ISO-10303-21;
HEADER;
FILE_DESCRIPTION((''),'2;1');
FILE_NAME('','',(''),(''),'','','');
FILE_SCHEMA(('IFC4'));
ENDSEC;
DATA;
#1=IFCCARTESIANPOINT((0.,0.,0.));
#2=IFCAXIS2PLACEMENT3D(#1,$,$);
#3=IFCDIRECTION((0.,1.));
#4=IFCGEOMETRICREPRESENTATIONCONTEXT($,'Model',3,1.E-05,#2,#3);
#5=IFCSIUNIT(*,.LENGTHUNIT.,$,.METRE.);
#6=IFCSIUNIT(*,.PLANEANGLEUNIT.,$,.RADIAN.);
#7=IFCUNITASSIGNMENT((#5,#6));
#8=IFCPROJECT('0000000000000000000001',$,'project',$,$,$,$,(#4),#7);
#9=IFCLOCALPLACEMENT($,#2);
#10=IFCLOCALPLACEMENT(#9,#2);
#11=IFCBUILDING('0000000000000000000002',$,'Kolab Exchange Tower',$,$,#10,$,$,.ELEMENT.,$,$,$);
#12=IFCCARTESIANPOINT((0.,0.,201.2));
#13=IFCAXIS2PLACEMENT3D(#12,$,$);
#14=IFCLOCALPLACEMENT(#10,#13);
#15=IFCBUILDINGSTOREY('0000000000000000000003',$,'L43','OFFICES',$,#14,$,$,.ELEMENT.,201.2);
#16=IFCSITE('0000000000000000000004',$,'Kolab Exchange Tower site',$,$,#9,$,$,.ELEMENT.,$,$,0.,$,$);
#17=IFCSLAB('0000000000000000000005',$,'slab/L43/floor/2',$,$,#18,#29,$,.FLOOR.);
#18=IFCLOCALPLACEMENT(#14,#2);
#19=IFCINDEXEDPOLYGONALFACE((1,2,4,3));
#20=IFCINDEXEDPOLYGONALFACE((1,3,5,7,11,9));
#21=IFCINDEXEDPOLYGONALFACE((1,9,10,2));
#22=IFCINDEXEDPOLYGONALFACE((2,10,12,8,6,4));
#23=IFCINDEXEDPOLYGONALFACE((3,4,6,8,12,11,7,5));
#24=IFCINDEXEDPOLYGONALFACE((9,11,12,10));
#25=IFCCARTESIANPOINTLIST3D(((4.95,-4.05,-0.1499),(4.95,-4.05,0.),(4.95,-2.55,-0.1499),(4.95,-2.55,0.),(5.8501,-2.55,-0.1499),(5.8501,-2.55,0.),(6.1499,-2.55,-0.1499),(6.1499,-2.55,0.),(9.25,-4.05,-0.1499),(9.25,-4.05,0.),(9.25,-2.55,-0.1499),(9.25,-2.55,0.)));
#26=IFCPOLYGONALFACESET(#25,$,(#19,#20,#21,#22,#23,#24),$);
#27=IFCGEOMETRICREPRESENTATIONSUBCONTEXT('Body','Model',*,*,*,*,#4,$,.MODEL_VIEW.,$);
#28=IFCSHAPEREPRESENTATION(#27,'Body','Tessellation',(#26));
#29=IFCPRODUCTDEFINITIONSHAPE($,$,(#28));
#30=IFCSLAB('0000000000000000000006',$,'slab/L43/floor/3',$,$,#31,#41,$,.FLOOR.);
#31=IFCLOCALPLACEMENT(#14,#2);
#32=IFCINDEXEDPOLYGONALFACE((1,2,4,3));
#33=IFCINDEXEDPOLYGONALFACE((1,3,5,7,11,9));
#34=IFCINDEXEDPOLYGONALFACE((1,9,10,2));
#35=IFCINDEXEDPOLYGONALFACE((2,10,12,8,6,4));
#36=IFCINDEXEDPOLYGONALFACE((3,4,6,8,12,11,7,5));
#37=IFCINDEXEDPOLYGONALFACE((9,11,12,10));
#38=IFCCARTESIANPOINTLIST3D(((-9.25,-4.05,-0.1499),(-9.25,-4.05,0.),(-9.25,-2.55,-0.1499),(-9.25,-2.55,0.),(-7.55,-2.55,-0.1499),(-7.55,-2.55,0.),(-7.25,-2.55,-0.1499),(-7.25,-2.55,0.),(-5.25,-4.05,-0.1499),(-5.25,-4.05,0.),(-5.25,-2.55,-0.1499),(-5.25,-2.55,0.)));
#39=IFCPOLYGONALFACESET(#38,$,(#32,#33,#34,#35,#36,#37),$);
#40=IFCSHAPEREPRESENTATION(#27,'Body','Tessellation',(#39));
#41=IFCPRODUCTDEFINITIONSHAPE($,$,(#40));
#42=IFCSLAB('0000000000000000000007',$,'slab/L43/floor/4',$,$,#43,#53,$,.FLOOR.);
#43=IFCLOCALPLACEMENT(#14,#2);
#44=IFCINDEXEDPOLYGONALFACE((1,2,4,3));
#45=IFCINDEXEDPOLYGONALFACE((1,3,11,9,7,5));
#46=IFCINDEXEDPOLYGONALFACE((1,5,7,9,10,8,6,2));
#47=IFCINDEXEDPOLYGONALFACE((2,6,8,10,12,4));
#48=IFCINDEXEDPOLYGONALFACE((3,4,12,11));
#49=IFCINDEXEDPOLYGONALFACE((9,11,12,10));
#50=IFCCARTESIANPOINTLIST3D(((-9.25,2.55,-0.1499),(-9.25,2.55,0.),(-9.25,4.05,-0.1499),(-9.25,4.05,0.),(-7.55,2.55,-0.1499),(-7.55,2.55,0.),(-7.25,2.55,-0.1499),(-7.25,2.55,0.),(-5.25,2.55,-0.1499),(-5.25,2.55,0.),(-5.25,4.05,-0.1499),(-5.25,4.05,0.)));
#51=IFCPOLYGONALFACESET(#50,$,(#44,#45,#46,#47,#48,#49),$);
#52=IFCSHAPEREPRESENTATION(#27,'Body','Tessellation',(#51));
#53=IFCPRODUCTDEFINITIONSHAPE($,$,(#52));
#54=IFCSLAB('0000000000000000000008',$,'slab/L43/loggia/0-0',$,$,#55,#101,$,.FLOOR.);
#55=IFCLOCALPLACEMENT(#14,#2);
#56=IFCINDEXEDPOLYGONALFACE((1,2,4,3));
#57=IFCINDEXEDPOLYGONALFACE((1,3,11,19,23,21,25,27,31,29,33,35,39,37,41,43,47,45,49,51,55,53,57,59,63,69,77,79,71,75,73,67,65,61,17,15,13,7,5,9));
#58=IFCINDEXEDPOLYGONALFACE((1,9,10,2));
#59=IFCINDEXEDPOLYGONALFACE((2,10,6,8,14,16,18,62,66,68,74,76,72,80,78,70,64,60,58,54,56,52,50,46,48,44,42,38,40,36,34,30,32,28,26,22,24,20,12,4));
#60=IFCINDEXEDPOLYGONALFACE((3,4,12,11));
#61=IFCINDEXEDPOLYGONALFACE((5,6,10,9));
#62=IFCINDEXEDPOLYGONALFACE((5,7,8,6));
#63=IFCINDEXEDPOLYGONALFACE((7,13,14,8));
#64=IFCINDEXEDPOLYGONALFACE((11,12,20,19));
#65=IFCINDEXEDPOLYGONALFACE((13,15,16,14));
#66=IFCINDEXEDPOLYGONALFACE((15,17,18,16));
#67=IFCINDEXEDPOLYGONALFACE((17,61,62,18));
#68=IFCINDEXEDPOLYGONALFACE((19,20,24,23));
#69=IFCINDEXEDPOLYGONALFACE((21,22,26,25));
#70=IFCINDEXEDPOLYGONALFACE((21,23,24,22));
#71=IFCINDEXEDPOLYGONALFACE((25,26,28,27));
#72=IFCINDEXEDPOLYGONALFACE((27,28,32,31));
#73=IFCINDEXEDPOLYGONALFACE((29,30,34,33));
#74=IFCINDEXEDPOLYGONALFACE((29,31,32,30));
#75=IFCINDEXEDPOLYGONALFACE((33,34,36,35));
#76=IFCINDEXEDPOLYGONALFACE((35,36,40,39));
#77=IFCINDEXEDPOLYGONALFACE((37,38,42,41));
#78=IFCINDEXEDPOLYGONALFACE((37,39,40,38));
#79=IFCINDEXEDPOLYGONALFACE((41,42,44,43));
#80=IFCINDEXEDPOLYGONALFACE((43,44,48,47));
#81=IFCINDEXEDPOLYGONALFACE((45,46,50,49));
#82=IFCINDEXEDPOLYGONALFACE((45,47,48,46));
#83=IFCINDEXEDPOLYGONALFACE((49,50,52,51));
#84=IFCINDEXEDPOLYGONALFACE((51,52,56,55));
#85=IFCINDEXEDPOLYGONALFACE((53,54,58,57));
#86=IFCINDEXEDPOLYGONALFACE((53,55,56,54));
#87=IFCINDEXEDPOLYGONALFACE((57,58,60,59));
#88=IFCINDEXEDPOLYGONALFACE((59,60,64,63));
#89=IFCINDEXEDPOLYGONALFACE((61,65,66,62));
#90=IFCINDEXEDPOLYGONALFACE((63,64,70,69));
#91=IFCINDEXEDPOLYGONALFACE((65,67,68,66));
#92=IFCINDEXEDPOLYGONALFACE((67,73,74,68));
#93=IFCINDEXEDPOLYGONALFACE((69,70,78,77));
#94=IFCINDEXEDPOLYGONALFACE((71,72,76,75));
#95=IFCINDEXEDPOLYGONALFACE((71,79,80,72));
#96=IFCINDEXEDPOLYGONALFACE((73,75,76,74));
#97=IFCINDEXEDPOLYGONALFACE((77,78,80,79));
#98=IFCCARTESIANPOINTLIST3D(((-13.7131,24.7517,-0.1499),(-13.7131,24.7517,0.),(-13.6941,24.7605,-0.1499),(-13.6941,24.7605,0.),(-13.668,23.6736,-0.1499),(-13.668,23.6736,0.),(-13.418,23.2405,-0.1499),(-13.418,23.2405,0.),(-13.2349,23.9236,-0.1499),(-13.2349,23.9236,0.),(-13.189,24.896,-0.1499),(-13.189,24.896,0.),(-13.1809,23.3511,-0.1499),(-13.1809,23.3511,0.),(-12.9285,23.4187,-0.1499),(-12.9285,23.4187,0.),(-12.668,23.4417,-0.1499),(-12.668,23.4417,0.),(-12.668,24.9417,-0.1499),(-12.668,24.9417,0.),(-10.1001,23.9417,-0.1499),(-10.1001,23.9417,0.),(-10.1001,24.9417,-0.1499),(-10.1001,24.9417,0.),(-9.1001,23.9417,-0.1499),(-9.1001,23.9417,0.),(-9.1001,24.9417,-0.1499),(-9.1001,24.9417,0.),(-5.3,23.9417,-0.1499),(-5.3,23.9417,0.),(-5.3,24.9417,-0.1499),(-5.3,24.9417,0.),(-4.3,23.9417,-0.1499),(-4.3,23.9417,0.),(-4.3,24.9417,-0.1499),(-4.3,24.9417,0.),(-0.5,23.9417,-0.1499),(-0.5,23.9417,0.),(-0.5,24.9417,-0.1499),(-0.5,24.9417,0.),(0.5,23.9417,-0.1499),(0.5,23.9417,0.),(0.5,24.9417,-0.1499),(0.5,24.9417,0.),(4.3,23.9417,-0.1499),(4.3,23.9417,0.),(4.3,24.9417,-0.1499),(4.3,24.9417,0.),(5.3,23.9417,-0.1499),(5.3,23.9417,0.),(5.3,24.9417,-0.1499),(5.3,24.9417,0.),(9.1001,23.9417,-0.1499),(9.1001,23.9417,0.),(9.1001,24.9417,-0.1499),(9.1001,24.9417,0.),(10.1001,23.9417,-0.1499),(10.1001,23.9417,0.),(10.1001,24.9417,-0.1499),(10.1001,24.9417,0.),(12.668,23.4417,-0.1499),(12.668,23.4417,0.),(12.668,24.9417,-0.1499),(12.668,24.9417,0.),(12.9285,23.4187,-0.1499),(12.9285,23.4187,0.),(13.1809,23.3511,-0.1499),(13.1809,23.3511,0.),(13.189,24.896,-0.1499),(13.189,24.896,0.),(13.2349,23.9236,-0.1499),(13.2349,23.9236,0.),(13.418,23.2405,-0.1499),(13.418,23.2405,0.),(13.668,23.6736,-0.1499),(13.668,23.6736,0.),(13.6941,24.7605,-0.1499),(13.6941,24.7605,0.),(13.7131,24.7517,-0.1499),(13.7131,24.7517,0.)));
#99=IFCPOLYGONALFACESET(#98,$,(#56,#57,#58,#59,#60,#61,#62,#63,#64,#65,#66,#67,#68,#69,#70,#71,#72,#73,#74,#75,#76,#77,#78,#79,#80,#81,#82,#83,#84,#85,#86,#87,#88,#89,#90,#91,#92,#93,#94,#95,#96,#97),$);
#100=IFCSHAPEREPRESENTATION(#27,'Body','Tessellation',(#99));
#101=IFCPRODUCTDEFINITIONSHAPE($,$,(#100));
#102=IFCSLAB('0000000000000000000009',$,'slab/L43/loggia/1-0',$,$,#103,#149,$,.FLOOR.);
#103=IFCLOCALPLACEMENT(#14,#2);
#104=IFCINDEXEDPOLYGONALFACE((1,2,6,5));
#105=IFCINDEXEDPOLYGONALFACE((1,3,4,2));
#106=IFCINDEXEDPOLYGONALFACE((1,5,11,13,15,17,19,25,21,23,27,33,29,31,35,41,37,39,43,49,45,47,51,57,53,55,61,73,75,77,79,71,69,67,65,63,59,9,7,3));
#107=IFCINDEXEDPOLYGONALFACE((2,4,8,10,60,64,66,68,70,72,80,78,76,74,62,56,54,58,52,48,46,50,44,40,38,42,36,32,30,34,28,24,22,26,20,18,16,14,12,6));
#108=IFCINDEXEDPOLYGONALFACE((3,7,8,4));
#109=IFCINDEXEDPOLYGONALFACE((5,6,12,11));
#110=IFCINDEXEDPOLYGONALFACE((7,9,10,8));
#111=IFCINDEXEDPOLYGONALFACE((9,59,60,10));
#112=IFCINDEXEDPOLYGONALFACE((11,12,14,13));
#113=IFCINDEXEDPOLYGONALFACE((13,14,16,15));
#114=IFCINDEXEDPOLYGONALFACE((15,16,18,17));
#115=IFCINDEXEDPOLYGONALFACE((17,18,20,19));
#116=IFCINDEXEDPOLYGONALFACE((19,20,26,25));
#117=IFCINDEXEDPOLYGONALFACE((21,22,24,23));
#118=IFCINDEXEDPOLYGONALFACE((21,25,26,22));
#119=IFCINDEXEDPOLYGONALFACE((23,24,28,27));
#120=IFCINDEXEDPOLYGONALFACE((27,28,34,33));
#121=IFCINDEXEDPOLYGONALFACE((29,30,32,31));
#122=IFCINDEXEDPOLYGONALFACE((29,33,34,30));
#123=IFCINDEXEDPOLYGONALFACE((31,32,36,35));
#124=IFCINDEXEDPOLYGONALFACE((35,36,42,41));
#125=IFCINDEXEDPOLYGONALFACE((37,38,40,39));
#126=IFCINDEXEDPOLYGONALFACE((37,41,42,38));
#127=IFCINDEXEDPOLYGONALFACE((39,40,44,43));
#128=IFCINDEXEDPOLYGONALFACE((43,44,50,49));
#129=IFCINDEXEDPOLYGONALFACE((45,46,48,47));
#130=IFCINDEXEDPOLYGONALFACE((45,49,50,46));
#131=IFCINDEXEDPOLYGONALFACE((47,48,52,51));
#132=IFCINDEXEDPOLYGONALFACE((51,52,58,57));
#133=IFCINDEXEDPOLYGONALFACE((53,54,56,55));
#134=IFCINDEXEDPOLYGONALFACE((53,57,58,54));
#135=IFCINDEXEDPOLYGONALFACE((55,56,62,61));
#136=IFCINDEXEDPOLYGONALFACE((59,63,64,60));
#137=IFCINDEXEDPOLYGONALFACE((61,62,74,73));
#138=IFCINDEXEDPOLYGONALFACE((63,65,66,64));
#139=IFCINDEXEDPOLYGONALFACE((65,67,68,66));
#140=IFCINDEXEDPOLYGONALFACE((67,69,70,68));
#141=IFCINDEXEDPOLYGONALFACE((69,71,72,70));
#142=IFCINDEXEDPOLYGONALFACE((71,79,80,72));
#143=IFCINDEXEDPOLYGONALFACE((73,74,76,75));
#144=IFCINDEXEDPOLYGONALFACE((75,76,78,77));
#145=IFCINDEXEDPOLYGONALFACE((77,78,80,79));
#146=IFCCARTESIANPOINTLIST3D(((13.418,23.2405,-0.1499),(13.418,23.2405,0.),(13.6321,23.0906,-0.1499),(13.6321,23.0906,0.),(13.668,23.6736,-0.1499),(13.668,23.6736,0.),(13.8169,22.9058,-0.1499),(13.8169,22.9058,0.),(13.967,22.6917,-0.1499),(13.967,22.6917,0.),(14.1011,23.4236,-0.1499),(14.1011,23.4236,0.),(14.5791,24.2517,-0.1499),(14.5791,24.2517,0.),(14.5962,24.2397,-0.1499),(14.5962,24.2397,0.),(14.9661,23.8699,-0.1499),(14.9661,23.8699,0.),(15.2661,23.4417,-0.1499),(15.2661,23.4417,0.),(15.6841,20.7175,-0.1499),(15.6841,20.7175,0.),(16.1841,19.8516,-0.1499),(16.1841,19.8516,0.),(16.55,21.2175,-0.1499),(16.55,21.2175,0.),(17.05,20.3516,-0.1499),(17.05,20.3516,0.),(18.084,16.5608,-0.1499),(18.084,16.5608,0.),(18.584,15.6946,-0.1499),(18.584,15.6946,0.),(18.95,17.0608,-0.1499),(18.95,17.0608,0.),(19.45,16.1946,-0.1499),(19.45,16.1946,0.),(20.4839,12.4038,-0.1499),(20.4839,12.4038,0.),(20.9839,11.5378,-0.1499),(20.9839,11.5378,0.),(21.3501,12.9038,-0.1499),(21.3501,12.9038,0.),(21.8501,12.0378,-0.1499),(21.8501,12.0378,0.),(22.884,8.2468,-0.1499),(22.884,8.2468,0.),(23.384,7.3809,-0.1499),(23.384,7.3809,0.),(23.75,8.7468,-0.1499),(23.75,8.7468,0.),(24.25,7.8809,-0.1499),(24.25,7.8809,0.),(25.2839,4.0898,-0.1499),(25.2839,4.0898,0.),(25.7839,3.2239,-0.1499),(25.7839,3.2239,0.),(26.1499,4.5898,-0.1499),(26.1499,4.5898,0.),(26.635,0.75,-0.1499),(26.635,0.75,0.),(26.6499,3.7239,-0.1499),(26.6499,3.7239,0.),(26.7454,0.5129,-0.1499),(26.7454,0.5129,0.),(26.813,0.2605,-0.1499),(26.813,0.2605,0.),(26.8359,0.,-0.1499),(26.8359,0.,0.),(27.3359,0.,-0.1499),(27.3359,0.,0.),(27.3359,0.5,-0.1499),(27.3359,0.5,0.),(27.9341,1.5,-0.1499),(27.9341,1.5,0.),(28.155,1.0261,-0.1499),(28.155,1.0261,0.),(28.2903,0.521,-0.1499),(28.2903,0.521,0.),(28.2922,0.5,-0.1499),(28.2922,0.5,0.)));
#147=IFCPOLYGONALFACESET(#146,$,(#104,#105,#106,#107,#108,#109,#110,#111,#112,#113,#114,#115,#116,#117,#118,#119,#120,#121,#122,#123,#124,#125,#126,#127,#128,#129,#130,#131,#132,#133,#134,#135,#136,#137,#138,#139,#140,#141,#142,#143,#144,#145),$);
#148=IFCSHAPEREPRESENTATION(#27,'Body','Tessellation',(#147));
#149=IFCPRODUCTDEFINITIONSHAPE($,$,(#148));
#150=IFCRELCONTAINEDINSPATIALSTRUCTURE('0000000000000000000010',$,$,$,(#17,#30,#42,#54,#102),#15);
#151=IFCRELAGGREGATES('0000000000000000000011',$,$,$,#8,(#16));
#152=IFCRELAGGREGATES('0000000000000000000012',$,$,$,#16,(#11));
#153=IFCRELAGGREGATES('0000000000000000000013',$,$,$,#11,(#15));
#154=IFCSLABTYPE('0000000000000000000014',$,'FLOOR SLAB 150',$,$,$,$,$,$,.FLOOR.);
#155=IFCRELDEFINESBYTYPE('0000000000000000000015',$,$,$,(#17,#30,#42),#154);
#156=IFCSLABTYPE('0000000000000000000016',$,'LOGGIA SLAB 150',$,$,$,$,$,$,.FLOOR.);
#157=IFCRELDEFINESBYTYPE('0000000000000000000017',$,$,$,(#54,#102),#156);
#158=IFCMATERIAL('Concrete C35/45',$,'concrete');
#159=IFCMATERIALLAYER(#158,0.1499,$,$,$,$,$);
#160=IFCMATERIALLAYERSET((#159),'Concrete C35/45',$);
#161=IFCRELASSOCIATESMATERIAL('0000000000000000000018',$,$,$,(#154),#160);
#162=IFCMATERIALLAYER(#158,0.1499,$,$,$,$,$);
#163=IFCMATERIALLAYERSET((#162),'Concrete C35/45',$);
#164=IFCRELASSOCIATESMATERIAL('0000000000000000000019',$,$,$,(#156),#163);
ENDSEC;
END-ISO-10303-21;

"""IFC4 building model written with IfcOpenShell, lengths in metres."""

from ifc_helpers import new_model, si_unit, direction, frame, origin, place, context, subcontext, project, spatial, polyline, outline, extrude, material, layer, layer_set, type_object, element, save


model = new_model("IFC4")

# Units and contexts
model_context = context("Model", 3, precision=1e-05, world=origin(), true_north=direction((0.0, 1.0)))
body_context = subcontext(model_context, "Body", "Model", "MODEL_VIEW")
ifc_project = project(units=[si_unit("LENGTHUNIT", "METRE"), si_unit("PLANEANGLEUNIT", "RADIAN")], contexts=[model_context])

# Site, building, storey
site_placement = place(None, origin())
site = spatial("IfcSite", under=ifc_project, at=site_placement, Name="Kolab Exchange Tower site", CompositionType="ELEMENT", RefElevation=0.0)
building_placement = place(site_placement, origin())
building = spatial("IfcBuilding", under=site, at=building_placement, Name="Kolab Exchange Tower", CompositionType="ELEMENT")
storey_placement = place(building_placement, frame((0.0, 0.0, 201.2)))
storey = spatial("IfcBuildingStorey", under=building, at=storey_placement, Name="L43", Description="OFFICES", CompositionType="ELEMENT", Elevation=201.2)

# Slabs
ifc_material_1 = material(Name="Concrete C35/45", Category="concrete")
ifc_layer_1 = layer(ifc_material_1, 0.1499)
ifc_layer_set_1 = layer_set([ifc_layer_1], Name="Concrete C35/45")
slab_type_1 = type_object("IfcSlabType", Name="FLOOR SLAB 150", PredefinedType="FLOOR", material=ifc_layer_set_1)
slab_1_placement = place(storey_placement, frame((0.0, 0.0, -0.1499)))
element("IfcSlab", 1, at=slab_1_placement, inside=storey, type_object=slab_type_1, Name="slab/L43/floor/2", PredefinedType="FLOOR", context=body_context, shape_type="SweptSolid", body=[
    extrude(outline(polyline([(4.95, -4.05), (9.25, -4.05), (9.25, -2.55), (6.1499, -2.55), (5.8501, -2.55), (4.95, -2.55), (4.95, -4.05)])), origin(), (0.0, 0.0, 1.0), 0.1499),
])
slab_2_placement = place(storey_placement, frame((0.0, 0.0, -0.1499)))
element("IfcSlab", 2, at=slab_2_placement, inside=storey, type_object=slab_type_1, Name="slab/L43/floor/3", PredefinedType="FLOOR", context=body_context, shape_type="SweptSolid", body=[
    extrude(outline(polyline([(-7.55, -2.55), (-9.25, -2.55), (-9.25, -4.05), (-5.25, -4.05), (-5.25, -2.55), (-7.25, -2.55), (-7.55, -2.55)])), origin(), (0.0, 0.0, 1.0), 0.1499),
])
slab_3_placement = place(storey_placement, frame((0.0, 0.0, -0.1499)))
element("IfcSlab", 3, at=slab_3_placement, inside=storey, type_object=slab_type_1, Name="slab/L43/floor/4", PredefinedType="FLOOR", context=body_context, shape_type="SweptSolid", body=[
    extrude(outline(polyline([(-9.25, 2.55), (-7.55, 2.55), (-7.25, 2.55), (-5.25, 2.55), (-5.25, 4.05), (-9.25, 4.05), (-9.25, 2.55)])), origin(), (0.0, 0.0, 1.0), 0.1499),
])
ifc_layer_2 = layer(ifc_material_1, 0.1499)
ifc_layer_set_2 = layer_set([ifc_layer_2], Name="Concrete C35/45")
slab_type_2 = type_object("IfcSlabType", Name="LOGGIA SLAB 150", PredefinedType="FLOOR", material=ifc_layer_set_2)
slab_4_placement = place(storey_placement, frame((0.0, 0.0, -0.1499)))
element("IfcSlab", 4, at=slab_4_placement, inside=storey, type_object=slab_type_2, Name="slab/L43/loggia/0-0", PredefinedType="FLOOR", context=body_context, shape_type="SweptSolid", body=[
    extrude(outline(polyline([(13.418, 23.2405), (13.668, 23.6736), (13.2349, 23.9236), (13.7131, 24.7517), (13.6941, 24.7605), (13.189, 24.896), (12.668, 24.9417), (10.1001, 24.9417), (10.1001, 23.9417), (9.1001, 23.9417), (9.1001, 24.9417), (5.3, 24.9417), (5.3, 23.9417), (4.3, 23.9417), (4.3, 24.9417), (0.5, 24.9417), (0.5, 23.9417), (-0.5, 23.9417), (-0.5, 24.9417), (-4.3, 24.9417), (-4.3, 23.9417), (-5.3, 23.9417), (-5.3, 24.9417), (-9.1001, 24.9417), (-9.1001, 23.9417), (-10.1001, 23.9417), (-10.1001, 24.9417), (-12.668, 24.9417), (-13.189, 24.896), (-13.6941, 24.7605), (-13.7131, 24.7517), (-13.2349, 23.9236), (-13.668, 23.6736), (-13.418, 23.2405), (-13.1809, 23.3511), (-12.9285, 23.4187), (-12.668, 23.4417), (12.668, 23.4417), (12.9285, 23.4187), (13.1809, 23.3511), (13.418, 23.2405)])), origin(), (0.0, 0.0, 1.0), 0.1499),
])
slab_5_placement = place(storey_placement, frame((0.0, 0.0, -0.1499)))
element("IfcSlab", 5, at=slab_5_placement, inside=storey, type_object=slab_type_2, Name="slab/L43/loggia/1-0", PredefinedType="FLOOR", context=body_context, shape_type="SweptSolid", body=[
    extrude(outline(polyline([(26.8359, 0.0), (27.3359, 0.0), (27.3359, 0.5), (28.2922, 0.5), (28.2903, 0.521), (28.155, 1.0261), (27.9341, 1.5), (26.6499, 3.7239), (25.7839, 3.2239), (25.2839, 4.0898), (26.1499, 4.5898), (24.25, 7.8809), (23.384, 7.3809), (22.884, 8.2468), (23.75, 8.7468), (21.8501, 12.0378), (20.9839, 11.5378), (20.4839, 12.4038), (21.3501, 12.9038), (19.45, 16.1946), (18.584, 15.6946), (18.084, 16.5608), (18.95, 17.0608), (17.05, 20.3516), (16.1841, 19.8516), (15.6841, 20.7175), (16.55, 21.2175), (15.2661, 23.4417), (14.9661, 23.8699), (14.5962, 24.2397), (14.5791, 24.2517), (14.1011, 23.4236), (13.668, 23.6736), (13.418, 23.2405), (13.6321, 23.0906), (13.8169, 22.9058), (13.967, 22.6917), (26.635, 0.75), (26.7454, 0.5129), (26.813, 0.2605), (26.8359, 0.0)])), origin(), (0.0, 0.0, 1.0), 0.1499),
])

save(model, "model.ifc")
